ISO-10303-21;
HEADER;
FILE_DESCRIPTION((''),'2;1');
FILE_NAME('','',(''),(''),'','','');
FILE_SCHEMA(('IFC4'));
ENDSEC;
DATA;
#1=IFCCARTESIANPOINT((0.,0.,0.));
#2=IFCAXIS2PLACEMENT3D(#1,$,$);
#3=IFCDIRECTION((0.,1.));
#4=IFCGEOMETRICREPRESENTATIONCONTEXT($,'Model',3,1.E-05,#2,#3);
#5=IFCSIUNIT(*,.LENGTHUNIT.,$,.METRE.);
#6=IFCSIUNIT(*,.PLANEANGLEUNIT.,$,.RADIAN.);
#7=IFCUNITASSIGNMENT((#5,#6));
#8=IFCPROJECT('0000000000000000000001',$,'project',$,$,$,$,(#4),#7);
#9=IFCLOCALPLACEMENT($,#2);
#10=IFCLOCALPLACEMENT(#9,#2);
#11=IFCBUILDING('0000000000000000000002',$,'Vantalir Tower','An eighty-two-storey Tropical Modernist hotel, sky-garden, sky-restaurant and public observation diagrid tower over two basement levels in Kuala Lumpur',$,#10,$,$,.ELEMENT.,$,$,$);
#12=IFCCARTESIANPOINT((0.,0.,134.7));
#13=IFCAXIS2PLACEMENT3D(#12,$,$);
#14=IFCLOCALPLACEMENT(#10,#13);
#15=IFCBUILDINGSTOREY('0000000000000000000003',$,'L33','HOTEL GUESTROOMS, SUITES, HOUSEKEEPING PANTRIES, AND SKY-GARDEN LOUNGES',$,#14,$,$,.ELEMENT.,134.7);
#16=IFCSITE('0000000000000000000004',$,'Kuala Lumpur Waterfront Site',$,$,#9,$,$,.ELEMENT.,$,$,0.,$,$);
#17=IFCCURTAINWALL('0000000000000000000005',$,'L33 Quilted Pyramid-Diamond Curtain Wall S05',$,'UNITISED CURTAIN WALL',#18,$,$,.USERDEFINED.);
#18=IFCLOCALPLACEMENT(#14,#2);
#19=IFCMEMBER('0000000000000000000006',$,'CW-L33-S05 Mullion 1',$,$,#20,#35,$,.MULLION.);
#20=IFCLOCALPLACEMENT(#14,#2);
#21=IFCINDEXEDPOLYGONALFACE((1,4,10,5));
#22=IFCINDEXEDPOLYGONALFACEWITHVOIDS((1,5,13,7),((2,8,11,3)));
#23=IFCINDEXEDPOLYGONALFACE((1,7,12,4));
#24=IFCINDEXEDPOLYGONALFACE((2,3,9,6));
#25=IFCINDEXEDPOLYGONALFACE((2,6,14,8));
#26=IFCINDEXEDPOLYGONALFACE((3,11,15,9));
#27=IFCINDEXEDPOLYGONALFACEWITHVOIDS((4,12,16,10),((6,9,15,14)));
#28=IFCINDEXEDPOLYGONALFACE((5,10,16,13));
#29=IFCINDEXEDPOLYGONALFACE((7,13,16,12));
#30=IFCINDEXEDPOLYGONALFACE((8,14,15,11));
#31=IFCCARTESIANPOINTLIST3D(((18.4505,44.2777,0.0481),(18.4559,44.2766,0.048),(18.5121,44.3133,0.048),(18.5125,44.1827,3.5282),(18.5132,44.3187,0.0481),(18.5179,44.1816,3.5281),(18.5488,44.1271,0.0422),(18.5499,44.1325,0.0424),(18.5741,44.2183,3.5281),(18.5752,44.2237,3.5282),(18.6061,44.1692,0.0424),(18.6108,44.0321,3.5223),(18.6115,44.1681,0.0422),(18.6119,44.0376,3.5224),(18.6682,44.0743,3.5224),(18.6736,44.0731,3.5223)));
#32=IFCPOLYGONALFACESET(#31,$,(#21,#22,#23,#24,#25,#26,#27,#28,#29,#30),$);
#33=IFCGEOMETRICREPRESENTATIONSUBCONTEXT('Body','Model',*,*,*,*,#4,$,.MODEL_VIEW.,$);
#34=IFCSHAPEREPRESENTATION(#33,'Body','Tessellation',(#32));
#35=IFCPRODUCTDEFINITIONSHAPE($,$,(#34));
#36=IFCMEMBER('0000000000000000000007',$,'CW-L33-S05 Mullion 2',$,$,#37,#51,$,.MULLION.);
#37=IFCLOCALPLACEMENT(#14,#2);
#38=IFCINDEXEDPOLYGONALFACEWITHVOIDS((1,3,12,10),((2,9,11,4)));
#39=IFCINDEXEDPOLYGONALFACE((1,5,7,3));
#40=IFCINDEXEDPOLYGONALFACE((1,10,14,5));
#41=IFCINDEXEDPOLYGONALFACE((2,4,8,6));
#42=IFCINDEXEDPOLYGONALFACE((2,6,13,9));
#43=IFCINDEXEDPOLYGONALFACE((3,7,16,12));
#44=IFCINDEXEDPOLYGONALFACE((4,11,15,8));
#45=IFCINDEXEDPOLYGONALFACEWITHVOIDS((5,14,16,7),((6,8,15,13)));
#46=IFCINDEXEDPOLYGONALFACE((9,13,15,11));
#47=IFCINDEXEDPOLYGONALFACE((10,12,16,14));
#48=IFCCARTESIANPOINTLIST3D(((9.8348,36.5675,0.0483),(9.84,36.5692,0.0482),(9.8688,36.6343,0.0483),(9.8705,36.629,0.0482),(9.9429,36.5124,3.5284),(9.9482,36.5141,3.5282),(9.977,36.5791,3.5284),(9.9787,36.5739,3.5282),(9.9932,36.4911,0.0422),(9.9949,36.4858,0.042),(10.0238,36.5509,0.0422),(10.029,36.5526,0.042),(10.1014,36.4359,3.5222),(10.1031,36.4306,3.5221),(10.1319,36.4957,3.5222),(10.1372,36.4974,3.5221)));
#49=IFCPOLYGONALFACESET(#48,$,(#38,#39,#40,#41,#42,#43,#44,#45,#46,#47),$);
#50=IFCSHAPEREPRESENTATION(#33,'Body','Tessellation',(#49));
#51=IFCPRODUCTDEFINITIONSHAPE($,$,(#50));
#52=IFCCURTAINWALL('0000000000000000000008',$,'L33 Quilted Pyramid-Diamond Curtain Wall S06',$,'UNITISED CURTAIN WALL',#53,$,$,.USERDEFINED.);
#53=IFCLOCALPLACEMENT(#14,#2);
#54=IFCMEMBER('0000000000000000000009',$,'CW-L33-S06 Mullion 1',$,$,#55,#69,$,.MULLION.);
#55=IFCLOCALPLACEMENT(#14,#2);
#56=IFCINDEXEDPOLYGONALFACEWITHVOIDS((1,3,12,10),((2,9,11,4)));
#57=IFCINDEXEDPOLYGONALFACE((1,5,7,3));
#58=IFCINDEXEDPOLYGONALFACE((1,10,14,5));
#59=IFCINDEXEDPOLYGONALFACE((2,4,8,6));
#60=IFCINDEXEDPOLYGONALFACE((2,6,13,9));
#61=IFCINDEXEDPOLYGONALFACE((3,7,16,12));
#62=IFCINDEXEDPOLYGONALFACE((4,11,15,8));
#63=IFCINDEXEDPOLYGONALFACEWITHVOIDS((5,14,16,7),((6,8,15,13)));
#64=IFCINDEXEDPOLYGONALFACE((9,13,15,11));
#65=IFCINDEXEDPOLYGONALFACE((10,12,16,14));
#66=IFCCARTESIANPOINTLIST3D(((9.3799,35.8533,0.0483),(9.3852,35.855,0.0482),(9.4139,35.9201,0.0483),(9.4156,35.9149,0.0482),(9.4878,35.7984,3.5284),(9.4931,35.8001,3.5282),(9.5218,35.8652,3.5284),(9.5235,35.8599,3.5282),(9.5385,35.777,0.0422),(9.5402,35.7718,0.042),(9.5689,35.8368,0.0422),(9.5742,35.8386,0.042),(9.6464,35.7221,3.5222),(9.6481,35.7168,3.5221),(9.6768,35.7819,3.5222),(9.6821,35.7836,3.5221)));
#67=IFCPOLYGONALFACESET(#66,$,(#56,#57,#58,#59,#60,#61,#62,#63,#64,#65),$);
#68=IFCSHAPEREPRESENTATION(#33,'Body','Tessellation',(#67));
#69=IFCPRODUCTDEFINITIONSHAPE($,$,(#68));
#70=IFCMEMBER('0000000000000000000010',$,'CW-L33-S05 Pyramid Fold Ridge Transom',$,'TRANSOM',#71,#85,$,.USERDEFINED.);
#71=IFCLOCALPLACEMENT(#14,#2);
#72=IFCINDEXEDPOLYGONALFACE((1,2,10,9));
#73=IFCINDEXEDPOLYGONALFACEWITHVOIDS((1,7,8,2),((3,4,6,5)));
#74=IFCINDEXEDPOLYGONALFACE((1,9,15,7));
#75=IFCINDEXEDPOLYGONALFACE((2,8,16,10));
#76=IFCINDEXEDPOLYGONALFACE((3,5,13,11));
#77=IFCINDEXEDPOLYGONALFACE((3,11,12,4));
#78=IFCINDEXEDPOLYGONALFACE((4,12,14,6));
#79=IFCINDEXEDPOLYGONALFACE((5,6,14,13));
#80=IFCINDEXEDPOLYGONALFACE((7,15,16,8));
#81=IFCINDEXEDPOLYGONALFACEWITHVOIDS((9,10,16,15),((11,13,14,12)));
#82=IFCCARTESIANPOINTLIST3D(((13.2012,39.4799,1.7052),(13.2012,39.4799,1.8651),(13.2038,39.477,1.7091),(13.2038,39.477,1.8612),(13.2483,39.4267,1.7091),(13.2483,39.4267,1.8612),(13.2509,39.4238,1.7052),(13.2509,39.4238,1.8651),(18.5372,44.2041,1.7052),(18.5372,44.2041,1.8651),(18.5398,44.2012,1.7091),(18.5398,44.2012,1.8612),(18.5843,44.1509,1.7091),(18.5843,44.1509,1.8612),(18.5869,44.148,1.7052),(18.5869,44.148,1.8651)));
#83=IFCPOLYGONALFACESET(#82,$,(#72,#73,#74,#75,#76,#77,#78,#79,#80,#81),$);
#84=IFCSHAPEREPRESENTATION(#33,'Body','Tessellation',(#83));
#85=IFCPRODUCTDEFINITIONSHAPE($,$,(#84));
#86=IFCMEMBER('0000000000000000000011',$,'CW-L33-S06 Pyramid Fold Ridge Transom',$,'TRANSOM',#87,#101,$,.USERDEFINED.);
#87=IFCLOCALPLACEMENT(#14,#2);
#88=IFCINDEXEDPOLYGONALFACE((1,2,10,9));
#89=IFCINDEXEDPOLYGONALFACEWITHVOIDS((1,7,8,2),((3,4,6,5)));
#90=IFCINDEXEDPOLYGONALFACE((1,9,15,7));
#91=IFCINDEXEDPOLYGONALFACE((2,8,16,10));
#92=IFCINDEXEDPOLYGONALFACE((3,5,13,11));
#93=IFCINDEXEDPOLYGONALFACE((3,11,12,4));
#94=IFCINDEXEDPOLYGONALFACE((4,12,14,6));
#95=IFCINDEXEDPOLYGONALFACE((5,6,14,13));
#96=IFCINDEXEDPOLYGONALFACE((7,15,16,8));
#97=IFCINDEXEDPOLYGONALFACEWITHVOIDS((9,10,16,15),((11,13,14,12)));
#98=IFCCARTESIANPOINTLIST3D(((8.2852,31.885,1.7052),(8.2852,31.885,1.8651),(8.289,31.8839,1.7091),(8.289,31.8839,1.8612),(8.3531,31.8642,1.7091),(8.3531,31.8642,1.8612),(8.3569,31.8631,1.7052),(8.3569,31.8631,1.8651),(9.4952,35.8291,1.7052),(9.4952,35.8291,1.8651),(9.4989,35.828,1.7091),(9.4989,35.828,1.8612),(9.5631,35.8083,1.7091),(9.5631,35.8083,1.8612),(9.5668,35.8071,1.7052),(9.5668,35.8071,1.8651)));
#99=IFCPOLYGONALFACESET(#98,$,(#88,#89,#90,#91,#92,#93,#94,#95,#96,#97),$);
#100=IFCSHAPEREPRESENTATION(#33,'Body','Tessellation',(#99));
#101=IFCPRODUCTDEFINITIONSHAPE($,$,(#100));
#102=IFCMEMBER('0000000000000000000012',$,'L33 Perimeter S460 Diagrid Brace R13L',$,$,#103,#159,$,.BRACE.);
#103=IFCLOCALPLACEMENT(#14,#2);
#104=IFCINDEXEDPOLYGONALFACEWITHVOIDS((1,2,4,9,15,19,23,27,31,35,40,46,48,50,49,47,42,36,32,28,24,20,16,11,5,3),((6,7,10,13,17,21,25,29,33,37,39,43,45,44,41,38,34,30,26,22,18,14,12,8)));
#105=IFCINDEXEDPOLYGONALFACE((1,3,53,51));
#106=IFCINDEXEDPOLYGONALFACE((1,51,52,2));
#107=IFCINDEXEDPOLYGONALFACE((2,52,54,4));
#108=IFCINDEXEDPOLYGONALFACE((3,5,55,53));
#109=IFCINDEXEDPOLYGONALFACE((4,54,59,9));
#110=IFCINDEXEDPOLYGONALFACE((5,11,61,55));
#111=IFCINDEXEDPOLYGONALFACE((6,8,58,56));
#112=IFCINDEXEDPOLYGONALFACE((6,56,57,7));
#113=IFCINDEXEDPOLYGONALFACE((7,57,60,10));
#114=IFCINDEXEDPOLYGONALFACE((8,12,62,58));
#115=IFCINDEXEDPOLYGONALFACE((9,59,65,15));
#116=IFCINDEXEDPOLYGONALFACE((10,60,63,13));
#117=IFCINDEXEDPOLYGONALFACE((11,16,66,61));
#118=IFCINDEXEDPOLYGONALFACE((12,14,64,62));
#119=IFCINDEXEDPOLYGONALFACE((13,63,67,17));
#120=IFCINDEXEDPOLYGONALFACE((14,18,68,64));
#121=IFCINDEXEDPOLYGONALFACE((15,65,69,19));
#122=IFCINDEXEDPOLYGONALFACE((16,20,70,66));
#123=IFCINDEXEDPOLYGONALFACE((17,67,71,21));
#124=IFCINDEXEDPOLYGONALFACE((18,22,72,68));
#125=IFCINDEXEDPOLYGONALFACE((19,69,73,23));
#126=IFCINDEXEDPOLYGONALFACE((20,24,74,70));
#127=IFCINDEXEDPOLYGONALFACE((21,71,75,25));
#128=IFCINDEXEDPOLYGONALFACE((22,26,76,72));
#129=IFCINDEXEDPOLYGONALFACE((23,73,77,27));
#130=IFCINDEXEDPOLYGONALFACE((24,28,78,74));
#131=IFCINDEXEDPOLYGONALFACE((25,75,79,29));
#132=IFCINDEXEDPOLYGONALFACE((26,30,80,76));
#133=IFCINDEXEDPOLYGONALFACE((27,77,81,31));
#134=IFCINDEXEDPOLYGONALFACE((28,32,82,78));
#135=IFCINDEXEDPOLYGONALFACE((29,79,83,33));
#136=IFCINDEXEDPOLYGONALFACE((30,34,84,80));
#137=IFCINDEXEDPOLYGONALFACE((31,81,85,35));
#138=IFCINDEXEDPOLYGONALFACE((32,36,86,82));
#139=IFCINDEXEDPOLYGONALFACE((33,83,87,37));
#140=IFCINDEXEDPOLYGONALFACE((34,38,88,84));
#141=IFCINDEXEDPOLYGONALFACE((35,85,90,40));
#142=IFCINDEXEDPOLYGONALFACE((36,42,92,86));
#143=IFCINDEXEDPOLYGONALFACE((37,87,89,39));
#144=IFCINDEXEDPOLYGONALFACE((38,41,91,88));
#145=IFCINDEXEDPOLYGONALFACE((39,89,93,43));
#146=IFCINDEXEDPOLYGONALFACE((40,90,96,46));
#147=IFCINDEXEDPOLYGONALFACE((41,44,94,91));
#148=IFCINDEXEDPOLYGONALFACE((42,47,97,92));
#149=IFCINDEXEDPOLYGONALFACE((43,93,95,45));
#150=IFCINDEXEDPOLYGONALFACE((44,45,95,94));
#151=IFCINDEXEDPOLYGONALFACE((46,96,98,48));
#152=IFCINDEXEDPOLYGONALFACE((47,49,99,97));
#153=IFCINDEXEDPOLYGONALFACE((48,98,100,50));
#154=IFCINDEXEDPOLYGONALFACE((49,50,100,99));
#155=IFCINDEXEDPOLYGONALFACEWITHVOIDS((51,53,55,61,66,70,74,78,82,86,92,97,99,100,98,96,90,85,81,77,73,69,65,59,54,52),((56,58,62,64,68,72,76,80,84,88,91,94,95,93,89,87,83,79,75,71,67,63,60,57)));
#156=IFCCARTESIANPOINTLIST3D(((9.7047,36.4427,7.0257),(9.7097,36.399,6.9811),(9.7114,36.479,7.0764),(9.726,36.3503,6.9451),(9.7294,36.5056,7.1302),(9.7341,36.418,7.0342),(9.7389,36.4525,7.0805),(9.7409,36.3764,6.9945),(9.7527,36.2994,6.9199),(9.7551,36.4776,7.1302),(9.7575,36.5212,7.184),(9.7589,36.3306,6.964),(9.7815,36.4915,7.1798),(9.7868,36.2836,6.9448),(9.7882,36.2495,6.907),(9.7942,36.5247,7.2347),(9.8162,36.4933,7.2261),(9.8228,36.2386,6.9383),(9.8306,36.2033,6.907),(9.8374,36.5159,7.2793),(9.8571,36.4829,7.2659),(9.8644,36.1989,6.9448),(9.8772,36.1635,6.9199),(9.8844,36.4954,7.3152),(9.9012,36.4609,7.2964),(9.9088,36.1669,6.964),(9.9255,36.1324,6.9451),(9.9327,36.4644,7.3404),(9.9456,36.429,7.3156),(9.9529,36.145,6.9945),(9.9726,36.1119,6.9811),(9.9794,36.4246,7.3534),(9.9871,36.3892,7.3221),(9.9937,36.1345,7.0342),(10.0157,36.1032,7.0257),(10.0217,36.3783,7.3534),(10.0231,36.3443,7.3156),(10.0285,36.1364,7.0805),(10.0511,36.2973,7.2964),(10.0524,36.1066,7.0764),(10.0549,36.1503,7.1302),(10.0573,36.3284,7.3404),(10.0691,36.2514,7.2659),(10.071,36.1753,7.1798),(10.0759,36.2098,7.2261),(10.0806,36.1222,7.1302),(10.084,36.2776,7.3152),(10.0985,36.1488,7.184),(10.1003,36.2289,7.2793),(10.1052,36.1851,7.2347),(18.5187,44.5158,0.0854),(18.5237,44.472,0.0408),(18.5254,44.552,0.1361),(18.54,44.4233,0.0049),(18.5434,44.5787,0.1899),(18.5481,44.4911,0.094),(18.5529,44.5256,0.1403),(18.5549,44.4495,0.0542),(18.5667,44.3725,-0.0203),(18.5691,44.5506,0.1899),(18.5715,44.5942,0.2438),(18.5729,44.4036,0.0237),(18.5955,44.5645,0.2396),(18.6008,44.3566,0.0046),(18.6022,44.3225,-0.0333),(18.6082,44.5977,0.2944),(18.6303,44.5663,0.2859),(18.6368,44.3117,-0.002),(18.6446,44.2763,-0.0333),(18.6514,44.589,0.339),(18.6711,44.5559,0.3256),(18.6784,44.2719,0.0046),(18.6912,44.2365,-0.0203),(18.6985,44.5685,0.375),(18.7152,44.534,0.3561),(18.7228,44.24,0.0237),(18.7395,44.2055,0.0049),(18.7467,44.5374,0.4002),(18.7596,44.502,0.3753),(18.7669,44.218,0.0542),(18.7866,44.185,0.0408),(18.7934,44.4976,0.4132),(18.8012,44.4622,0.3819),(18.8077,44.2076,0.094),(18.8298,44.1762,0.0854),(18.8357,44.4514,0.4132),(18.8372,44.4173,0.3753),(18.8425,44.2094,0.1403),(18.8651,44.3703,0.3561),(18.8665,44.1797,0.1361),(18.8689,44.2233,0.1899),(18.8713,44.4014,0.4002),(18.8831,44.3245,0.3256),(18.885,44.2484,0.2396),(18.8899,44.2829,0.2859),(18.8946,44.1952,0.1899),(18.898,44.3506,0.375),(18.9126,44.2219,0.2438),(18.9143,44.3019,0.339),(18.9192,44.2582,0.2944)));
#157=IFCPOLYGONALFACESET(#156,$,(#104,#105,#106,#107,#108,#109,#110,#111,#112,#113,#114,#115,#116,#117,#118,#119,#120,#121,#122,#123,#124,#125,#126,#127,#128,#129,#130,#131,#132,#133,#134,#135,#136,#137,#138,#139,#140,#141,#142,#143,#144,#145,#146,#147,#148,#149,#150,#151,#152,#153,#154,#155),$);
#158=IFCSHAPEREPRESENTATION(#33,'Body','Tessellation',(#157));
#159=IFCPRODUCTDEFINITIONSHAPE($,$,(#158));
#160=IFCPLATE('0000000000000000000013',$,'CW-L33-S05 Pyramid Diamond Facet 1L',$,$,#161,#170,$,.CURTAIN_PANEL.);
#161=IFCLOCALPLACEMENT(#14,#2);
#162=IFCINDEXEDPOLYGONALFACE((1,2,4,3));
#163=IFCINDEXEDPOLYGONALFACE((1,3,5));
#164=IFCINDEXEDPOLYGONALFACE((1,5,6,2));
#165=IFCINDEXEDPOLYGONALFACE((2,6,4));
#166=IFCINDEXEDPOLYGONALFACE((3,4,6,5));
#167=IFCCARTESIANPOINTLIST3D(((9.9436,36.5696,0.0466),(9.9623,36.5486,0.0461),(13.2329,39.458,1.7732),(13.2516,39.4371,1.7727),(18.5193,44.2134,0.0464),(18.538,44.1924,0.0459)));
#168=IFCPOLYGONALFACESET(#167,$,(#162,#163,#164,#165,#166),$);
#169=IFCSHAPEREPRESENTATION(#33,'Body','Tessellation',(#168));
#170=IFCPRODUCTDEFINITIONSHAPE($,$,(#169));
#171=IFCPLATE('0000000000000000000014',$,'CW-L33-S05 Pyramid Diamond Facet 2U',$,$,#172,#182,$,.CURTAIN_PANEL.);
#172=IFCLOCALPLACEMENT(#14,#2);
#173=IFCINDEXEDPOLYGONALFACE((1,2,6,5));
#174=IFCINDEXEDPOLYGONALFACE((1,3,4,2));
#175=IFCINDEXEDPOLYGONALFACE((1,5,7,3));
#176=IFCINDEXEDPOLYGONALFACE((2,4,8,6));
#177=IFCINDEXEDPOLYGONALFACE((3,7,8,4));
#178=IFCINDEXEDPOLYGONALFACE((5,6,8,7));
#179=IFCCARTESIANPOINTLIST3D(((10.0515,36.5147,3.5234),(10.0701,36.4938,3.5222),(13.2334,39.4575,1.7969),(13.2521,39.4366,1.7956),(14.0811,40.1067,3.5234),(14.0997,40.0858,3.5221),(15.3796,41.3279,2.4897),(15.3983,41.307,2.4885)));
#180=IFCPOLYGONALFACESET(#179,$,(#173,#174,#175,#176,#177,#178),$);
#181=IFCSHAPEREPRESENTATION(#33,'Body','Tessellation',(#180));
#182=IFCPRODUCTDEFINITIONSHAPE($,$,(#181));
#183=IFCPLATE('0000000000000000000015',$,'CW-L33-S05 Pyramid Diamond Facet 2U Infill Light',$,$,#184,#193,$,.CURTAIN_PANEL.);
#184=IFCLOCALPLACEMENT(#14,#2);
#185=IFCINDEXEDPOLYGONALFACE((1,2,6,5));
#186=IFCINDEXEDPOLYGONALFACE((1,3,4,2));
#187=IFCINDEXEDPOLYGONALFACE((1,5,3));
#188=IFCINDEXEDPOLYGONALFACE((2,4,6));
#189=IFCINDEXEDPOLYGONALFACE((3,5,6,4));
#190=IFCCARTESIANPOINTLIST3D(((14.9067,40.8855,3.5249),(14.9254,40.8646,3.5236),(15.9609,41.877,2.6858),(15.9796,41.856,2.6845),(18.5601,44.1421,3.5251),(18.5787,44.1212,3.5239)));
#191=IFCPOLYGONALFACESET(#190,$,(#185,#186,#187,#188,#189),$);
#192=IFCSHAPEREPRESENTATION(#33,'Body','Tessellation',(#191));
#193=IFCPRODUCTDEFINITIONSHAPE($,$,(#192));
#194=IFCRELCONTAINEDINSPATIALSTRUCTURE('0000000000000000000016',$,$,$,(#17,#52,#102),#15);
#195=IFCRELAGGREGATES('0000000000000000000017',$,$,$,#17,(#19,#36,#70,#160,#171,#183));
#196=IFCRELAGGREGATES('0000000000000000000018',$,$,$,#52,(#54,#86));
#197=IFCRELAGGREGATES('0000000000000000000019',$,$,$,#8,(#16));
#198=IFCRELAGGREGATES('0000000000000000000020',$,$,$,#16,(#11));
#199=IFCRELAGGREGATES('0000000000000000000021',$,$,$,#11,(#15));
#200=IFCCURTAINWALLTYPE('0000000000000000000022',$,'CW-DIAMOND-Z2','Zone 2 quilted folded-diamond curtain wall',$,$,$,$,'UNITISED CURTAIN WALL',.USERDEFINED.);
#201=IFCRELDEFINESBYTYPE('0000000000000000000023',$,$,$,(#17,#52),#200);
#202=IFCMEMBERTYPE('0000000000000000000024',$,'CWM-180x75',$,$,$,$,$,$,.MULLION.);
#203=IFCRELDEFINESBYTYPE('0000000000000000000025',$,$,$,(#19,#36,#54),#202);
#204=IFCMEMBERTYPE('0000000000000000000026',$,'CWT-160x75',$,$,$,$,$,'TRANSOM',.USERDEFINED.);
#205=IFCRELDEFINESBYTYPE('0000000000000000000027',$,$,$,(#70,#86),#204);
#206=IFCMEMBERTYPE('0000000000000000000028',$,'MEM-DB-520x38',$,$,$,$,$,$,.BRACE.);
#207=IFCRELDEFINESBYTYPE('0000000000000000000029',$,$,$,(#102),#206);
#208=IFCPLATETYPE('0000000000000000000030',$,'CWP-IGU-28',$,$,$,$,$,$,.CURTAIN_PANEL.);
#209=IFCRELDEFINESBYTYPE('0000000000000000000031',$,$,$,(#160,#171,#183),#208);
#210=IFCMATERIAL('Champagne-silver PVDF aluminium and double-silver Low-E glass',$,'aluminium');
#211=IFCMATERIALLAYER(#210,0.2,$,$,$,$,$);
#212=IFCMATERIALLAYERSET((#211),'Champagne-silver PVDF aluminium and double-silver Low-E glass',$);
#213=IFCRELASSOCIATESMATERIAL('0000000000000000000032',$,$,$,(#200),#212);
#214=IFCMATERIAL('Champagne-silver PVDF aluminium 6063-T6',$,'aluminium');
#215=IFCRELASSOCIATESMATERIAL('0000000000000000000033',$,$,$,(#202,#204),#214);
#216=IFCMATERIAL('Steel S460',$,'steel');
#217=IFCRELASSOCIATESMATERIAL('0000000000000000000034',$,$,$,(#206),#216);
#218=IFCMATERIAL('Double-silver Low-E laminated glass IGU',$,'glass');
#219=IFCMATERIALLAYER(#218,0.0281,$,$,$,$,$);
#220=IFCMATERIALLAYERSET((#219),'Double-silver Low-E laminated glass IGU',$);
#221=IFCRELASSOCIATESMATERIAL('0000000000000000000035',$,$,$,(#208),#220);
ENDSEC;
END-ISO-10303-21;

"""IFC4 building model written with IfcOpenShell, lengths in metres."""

from ifc_helpers import new_model, si_unit, direction, frame, origin, origin_2d, place, context, subcontext, project, spatial, polyline, hollow_rectangle, hollow_circle, outline, extrude, material, layer, layer_set, material_profile, profile_set, type_object, element, aggregate, save


model = new_model("IFC4")

# Units and contexts
model_context = context("Model", 3, precision=1e-05, world=origin(), true_north=direction((0.0, 1.0)))
body_context = subcontext(model_context, "Body", "Model", "MODEL_VIEW")
ifc_project = project(units=[si_unit("LENGTHUNIT", "METRE"), si_unit("PLANEANGLEUNIT", "RADIAN")], contexts=[model_context])

# Site, building, storey
site_placement = place(None, origin())
site = spatial("IfcSite", under=ifc_project, at=site_placement, Name="Kuala Lumpur Waterfront Site", CompositionType="ELEMENT", RefElevation=0.0)
building_placement = place(site_placement, origin())
building = spatial("IfcBuilding", under=site, at=building_placement, Name="Vantalir Tower", Description="An eighty-two-storey Tropical Modernist hotel, sky-garden, sky-restaurant and public observation diagrid tower over two basement levels in Kuala Lumpur", CompositionType="ELEMENT")
storey_placement = place(building_placement, frame((0.0, 0.0, 134.7)))
storey = spatial("IfcBuildingStorey", under=building, at=storey_placement, Name="L33", Description="HOTEL GUESTROOMS, SUITES, HOUSEKEEPING PANTRIES, AND SKY-GARDEN LOUNGES", CompositionType="ELEMENT", Elevation=134.7)

# Shared definitions
ifc_material_1 = material(Name="Steel S460", Category="steel")

# Curtain wall, members
ifc_material_2 = material(Name="Champagne-silver PVDF aluminium and double-silver Low-E glass", Category="aluminium")
ifc_layer_1 = layer(ifc_material_2, 0.2)
ifc_layer_set_1 = layer_set([ifc_layer_1], Name="Champagne-silver PVDF aluminium and double-silver Low-E glass")
curtain_wall_type = type_object("IfcCurtainWallType", Name="CW-DIAMOND-Z2", Description="Zone 2 quilted folded-diamond curtain wall", ElementType="UNITISED CURTAIN WALL", PredefinedType="USERDEFINED", material=ifc_layer_set_1)
curtain_wall_1_placement = place(storey_placement, origin())
curtain_wall_1 = element("IfcCurtainWall", 1, at=curtain_wall_1_placement, inside=storey, type_object=curtain_wall_type, Name="L33 Quilted Pyramid-Diamond Curtain Wall S05", ObjectType="UNITISED CURTAIN WALL", PredefinedType="USERDEFINED")
ifc_material_3 = material(Name="Champagne-silver PVDF aluminium 6063-T6", Category="aluminium")
ifc_material_profile_1 = material_profile(ifc_material_3, hollow_rectangle(XDim=0.075, YDim=0.1799, WallThickness=0.0039, at=origin_2d()), Name="Champagne-silver PVDF aluminium 6063-T6")
ifc_profile_set_1 = profile_set([ifc_material_profile_1], Name="Champagne-silver PVDF aluminium 6063-T6")
member_type_1 = type_object("IfcMemberType", Name="CWM-180x75", PredefinedType="MULLION", material=ifc_profile_set_1)
member_1_placement = place(storey_placement, frame((18.531, 44.2229, 0.0452), z_axis=(0.01781, -0.027276, 0.999469), x_axis=(0.837311, 0.546727, 0.0)))
member_1 = element("IfcMember", 2, at=member_1_placement, type_object=member_type_1, Name="CW-L33-S05 Mullion 1", PredefinedType="MULLION", context=body_context, shape_type="SweptSolid", body=[
    extrude(hollow_rectangle(XDim=0.075, YDim=0.1799, WallThickness=0.0039, at=origin_2d()), origin(), (0.0, 0.0, 1.0), 3.4819),
])
member_2_placement = place(storey_placement, frame((9.9319, 36.5601, 0.0452), z_axis=(0.03106, -0.015846, 0.999392), x_axis=(0.454438, 0.890778, 0.0)))
member_2 = element("IfcMember", 3, at=member_2_placement, type_object=member_type_1, Name="CW-L33-S05 Mullion 2", PredefinedType="MULLION", context=body_context, shape_type="SweptSolid", body=[
    extrude(hollow_rectangle(XDim=0.075, YDim=0.1799, WallThickness=0.0039, at=origin_2d()), origin(), (0.0, 0.0, 1.0), 3.4822),
])

# Curtain wall, member
curtain_wall_2_placement = place(storey_placement, origin())
curtain_wall_2 = element("IfcCurtainWall", 4, at=curtain_wall_2_placement, inside=storey, type_object=curtain_wall_type, Name="L33 Quilted Pyramid-Diamond Curtain Wall S06", ObjectType="UNITISED CURTAIN WALL", PredefinedType="USERDEFINED")
member_3_placement = place(storey_placement, frame((9.4771, 35.8459, 0.0452), z_axis=(0.03099, -0.015775, 0.999395), x_axis=(0.453654, 0.891178, 0.0)))
member_3 = element("IfcMember", 5, at=member_3_placement, type_object=member_type_1, Name="CW-L33-S06 Mullion 1", PredefinedType="MULLION", context=body_context, shape_type="SweptSolid", body=[
    extrude(hollow_rectangle(XDim=0.075, YDim=0.1799, WallThickness=0.0039, at=origin_2d()), origin(), (0.0, 0.0, 1.0), 3.4822),
])

# Members
ifc_material_profile_2 = material_profile(ifc_material_3, hollow_rectangle(XDim=0.075, YDim=0.1599, WallThickness=0.0039, at=origin_2d()), Name="Champagne-silver PVDF aluminium 6063-T6")
ifc_profile_set_2 = profile_set([ifc_material_profile_2], Name="Champagne-silver PVDF aluminium 6063-T6")
member_type_2 = type_object("IfcMemberType", Name="CWT-160x75", ElementType="TRANSOM", PredefinedType="USERDEFINED", material=ifc_profile_set_2)
member_4_placement = place(storey_placement, frame((18.562, 44.176, 1.7852), z_axis=(-0.748727, -0.662878, 0.0), x_axis=(0.662878, -0.748727, 0.0)))
member_4 = element("IfcMember", 6, at=member_4_placement, type_object=member_type_2, Name="CW-L33-S05 Pyramid Fold Ridge Transom", ObjectType="TRANSOM", PredefinedType="USERDEFINED", context=body_context, shape_type="SweptSolid", body=[
    extrude(hollow_rectangle(XDim=0.075, YDim=0.1599, WallThickness=0.0039, at=origin_2d()), origin(), (0.0, 0.0, 1.0), 7.1267),
])
member_5_placement = place(storey_placement, frame((9.531, 35.8181, 1.7852), z_axis=(-0.293287, -0.956024, 0.0), x_axis=(0.956024, -0.293287, 0.0)))
member_5 = element("IfcMember", 7, at=member_5_placement, type_object=member_type_2, Name="CW-L33-S06 Pyramid Fold Ridge Transom", ObjectType="TRANSOM", PredefinedType="USERDEFINED", context=body_context, shape_type="SweptSolid", body=[
    extrude(hollow_rectangle(XDim=0.075, YDim=0.1599, WallThickness=0.0039, at=origin_2d()), origin(), (0.0, 0.0, 1.0), 4.1255),
])
ifc_material_profile_3 = material_profile(ifc_material_1, hollow_circle(Radius=0.26, WallThickness=0.0381, at=origin_2d()), Name="Steel S460")
ifc_profile_set_3 = profile_set([ifc_material_profile_3], Name="Steel S460")
member_type_3 = type_object("IfcMemberType", Name="MEM-DB-520x38", PredefinedType="BRACE", material=ifc_profile_set_3)
member_6_placement = place(storey_placement, frame((18.719, 44.387, 0.1899), z_axis=(-0.637714, -0.584103, 0.502141), x_axis=(0.67543, -0.737424, 0.0)))
element("IfcMember", 8, at=member_6_placement, inside=storey, type_object=member_type_3, Name="L33 Perimeter S460 Diagrid Brace R13L", PredefinedType="BRACE", context=body_context, shape_type="SweptSolid", body=[
    extrude(hollow_circle(Radius=0.26, WallThickness=0.0381, at=origin_2d()), origin(), (0.0, 0.0, 1.0), 13.8213),
])

# Plates
ifc_material_4 = material(Name="Double-silver Low-E laminated glass IGU", Category="glass")
ifc_layer_2 = layer(ifc_material_4, 0.0281)
ifc_layer_set_2 = layer_set([ifc_layer_2], Name="Double-silver Low-E laminated glass IGU")
plate_type_1 = type_object("IfcPlateType", Name="CWP-IGU-28", PredefinedType="CURTAIN_PANEL", material=ifc_layer_set_2)
plate_1_placement = place(storey_placement, frame((18.5193, 44.2134, 0.0464), z_axis=(-0.665265, 0.746371, 0.018779), x_axis=(-0.746502, -0.665383, 0.000021)))
plate_1 = element("IfcPlate", 9, at=plate_1_placement, type_object=plate_type_1, Name="CW-L33-S05 Pyramid Diamond Facet 1L", PredefinedType="CURTAIN_PANEL", context=body_context, shape_type="SweptSolid", body=[
    extrude(outline(polyline([(0.0, 0.0), (11.4878, 0.0), (7.1105, 1.727), (0.0, 0.0)])), origin(), (0.0, 0.0, -1.0), 0.0281),
])
plate_2_placement = place(storey_placement, frame((14.0811, 40.1067, 3.5234), z_axis=(-0.664708, 0.745687, 0.045968), x_axis=(-0.746476, -0.665412, 0.000001)))
plate_2 = element("IfcPlate", 10, at=plate_2_placement, type_object=plate_type_1, Name="CW-L33-S05 Pyramid Diamond Facet 2U", PredefinedType="CURTAIN_PANEL", context=body_context, shape_type="SweptSolid", body=[
    extrude(outline(polyline([(0.0, 0.0), (5.3981, 0.0), (1.0647, -1.7284), (-1.782, -1.0348), (0.0, 0.0)])), origin(), (0.0, 0.0, -1.0), 0.0281),
])
plate_3_placement = place(storey_placement, frame((18.5601, 44.1421, 3.5251), z_axis=(-0.664711, 0.745685, 0.045971), x_axis=(-0.746476, -0.665413, -0.00005)))
plate_3 = element("IfcPlate", 11, at=plate_3_placement, type_object=plate_type_1, Name="CW-L33-S05 Pyramid Diamond Facet 2U Infill Light", PredefinedType="CURTAIN_PANEL", context=body_context, shape_type="SweptSolid", body=[
    extrude(outline(polyline([(0.0, 0.0), (4.8941, 0.0), (3.4475, -0.8401), (0.0, 0.0)])), origin(), (0.0, 0.0, -1.0), 0.0281),
])
aggregate(curtain_wall_1, [member_1, member_2, member_4, plate_1, plate_2, plate_3])
aggregate(curtain_wall_2, [member_3, member_5])

save(model, "model.ifc")
